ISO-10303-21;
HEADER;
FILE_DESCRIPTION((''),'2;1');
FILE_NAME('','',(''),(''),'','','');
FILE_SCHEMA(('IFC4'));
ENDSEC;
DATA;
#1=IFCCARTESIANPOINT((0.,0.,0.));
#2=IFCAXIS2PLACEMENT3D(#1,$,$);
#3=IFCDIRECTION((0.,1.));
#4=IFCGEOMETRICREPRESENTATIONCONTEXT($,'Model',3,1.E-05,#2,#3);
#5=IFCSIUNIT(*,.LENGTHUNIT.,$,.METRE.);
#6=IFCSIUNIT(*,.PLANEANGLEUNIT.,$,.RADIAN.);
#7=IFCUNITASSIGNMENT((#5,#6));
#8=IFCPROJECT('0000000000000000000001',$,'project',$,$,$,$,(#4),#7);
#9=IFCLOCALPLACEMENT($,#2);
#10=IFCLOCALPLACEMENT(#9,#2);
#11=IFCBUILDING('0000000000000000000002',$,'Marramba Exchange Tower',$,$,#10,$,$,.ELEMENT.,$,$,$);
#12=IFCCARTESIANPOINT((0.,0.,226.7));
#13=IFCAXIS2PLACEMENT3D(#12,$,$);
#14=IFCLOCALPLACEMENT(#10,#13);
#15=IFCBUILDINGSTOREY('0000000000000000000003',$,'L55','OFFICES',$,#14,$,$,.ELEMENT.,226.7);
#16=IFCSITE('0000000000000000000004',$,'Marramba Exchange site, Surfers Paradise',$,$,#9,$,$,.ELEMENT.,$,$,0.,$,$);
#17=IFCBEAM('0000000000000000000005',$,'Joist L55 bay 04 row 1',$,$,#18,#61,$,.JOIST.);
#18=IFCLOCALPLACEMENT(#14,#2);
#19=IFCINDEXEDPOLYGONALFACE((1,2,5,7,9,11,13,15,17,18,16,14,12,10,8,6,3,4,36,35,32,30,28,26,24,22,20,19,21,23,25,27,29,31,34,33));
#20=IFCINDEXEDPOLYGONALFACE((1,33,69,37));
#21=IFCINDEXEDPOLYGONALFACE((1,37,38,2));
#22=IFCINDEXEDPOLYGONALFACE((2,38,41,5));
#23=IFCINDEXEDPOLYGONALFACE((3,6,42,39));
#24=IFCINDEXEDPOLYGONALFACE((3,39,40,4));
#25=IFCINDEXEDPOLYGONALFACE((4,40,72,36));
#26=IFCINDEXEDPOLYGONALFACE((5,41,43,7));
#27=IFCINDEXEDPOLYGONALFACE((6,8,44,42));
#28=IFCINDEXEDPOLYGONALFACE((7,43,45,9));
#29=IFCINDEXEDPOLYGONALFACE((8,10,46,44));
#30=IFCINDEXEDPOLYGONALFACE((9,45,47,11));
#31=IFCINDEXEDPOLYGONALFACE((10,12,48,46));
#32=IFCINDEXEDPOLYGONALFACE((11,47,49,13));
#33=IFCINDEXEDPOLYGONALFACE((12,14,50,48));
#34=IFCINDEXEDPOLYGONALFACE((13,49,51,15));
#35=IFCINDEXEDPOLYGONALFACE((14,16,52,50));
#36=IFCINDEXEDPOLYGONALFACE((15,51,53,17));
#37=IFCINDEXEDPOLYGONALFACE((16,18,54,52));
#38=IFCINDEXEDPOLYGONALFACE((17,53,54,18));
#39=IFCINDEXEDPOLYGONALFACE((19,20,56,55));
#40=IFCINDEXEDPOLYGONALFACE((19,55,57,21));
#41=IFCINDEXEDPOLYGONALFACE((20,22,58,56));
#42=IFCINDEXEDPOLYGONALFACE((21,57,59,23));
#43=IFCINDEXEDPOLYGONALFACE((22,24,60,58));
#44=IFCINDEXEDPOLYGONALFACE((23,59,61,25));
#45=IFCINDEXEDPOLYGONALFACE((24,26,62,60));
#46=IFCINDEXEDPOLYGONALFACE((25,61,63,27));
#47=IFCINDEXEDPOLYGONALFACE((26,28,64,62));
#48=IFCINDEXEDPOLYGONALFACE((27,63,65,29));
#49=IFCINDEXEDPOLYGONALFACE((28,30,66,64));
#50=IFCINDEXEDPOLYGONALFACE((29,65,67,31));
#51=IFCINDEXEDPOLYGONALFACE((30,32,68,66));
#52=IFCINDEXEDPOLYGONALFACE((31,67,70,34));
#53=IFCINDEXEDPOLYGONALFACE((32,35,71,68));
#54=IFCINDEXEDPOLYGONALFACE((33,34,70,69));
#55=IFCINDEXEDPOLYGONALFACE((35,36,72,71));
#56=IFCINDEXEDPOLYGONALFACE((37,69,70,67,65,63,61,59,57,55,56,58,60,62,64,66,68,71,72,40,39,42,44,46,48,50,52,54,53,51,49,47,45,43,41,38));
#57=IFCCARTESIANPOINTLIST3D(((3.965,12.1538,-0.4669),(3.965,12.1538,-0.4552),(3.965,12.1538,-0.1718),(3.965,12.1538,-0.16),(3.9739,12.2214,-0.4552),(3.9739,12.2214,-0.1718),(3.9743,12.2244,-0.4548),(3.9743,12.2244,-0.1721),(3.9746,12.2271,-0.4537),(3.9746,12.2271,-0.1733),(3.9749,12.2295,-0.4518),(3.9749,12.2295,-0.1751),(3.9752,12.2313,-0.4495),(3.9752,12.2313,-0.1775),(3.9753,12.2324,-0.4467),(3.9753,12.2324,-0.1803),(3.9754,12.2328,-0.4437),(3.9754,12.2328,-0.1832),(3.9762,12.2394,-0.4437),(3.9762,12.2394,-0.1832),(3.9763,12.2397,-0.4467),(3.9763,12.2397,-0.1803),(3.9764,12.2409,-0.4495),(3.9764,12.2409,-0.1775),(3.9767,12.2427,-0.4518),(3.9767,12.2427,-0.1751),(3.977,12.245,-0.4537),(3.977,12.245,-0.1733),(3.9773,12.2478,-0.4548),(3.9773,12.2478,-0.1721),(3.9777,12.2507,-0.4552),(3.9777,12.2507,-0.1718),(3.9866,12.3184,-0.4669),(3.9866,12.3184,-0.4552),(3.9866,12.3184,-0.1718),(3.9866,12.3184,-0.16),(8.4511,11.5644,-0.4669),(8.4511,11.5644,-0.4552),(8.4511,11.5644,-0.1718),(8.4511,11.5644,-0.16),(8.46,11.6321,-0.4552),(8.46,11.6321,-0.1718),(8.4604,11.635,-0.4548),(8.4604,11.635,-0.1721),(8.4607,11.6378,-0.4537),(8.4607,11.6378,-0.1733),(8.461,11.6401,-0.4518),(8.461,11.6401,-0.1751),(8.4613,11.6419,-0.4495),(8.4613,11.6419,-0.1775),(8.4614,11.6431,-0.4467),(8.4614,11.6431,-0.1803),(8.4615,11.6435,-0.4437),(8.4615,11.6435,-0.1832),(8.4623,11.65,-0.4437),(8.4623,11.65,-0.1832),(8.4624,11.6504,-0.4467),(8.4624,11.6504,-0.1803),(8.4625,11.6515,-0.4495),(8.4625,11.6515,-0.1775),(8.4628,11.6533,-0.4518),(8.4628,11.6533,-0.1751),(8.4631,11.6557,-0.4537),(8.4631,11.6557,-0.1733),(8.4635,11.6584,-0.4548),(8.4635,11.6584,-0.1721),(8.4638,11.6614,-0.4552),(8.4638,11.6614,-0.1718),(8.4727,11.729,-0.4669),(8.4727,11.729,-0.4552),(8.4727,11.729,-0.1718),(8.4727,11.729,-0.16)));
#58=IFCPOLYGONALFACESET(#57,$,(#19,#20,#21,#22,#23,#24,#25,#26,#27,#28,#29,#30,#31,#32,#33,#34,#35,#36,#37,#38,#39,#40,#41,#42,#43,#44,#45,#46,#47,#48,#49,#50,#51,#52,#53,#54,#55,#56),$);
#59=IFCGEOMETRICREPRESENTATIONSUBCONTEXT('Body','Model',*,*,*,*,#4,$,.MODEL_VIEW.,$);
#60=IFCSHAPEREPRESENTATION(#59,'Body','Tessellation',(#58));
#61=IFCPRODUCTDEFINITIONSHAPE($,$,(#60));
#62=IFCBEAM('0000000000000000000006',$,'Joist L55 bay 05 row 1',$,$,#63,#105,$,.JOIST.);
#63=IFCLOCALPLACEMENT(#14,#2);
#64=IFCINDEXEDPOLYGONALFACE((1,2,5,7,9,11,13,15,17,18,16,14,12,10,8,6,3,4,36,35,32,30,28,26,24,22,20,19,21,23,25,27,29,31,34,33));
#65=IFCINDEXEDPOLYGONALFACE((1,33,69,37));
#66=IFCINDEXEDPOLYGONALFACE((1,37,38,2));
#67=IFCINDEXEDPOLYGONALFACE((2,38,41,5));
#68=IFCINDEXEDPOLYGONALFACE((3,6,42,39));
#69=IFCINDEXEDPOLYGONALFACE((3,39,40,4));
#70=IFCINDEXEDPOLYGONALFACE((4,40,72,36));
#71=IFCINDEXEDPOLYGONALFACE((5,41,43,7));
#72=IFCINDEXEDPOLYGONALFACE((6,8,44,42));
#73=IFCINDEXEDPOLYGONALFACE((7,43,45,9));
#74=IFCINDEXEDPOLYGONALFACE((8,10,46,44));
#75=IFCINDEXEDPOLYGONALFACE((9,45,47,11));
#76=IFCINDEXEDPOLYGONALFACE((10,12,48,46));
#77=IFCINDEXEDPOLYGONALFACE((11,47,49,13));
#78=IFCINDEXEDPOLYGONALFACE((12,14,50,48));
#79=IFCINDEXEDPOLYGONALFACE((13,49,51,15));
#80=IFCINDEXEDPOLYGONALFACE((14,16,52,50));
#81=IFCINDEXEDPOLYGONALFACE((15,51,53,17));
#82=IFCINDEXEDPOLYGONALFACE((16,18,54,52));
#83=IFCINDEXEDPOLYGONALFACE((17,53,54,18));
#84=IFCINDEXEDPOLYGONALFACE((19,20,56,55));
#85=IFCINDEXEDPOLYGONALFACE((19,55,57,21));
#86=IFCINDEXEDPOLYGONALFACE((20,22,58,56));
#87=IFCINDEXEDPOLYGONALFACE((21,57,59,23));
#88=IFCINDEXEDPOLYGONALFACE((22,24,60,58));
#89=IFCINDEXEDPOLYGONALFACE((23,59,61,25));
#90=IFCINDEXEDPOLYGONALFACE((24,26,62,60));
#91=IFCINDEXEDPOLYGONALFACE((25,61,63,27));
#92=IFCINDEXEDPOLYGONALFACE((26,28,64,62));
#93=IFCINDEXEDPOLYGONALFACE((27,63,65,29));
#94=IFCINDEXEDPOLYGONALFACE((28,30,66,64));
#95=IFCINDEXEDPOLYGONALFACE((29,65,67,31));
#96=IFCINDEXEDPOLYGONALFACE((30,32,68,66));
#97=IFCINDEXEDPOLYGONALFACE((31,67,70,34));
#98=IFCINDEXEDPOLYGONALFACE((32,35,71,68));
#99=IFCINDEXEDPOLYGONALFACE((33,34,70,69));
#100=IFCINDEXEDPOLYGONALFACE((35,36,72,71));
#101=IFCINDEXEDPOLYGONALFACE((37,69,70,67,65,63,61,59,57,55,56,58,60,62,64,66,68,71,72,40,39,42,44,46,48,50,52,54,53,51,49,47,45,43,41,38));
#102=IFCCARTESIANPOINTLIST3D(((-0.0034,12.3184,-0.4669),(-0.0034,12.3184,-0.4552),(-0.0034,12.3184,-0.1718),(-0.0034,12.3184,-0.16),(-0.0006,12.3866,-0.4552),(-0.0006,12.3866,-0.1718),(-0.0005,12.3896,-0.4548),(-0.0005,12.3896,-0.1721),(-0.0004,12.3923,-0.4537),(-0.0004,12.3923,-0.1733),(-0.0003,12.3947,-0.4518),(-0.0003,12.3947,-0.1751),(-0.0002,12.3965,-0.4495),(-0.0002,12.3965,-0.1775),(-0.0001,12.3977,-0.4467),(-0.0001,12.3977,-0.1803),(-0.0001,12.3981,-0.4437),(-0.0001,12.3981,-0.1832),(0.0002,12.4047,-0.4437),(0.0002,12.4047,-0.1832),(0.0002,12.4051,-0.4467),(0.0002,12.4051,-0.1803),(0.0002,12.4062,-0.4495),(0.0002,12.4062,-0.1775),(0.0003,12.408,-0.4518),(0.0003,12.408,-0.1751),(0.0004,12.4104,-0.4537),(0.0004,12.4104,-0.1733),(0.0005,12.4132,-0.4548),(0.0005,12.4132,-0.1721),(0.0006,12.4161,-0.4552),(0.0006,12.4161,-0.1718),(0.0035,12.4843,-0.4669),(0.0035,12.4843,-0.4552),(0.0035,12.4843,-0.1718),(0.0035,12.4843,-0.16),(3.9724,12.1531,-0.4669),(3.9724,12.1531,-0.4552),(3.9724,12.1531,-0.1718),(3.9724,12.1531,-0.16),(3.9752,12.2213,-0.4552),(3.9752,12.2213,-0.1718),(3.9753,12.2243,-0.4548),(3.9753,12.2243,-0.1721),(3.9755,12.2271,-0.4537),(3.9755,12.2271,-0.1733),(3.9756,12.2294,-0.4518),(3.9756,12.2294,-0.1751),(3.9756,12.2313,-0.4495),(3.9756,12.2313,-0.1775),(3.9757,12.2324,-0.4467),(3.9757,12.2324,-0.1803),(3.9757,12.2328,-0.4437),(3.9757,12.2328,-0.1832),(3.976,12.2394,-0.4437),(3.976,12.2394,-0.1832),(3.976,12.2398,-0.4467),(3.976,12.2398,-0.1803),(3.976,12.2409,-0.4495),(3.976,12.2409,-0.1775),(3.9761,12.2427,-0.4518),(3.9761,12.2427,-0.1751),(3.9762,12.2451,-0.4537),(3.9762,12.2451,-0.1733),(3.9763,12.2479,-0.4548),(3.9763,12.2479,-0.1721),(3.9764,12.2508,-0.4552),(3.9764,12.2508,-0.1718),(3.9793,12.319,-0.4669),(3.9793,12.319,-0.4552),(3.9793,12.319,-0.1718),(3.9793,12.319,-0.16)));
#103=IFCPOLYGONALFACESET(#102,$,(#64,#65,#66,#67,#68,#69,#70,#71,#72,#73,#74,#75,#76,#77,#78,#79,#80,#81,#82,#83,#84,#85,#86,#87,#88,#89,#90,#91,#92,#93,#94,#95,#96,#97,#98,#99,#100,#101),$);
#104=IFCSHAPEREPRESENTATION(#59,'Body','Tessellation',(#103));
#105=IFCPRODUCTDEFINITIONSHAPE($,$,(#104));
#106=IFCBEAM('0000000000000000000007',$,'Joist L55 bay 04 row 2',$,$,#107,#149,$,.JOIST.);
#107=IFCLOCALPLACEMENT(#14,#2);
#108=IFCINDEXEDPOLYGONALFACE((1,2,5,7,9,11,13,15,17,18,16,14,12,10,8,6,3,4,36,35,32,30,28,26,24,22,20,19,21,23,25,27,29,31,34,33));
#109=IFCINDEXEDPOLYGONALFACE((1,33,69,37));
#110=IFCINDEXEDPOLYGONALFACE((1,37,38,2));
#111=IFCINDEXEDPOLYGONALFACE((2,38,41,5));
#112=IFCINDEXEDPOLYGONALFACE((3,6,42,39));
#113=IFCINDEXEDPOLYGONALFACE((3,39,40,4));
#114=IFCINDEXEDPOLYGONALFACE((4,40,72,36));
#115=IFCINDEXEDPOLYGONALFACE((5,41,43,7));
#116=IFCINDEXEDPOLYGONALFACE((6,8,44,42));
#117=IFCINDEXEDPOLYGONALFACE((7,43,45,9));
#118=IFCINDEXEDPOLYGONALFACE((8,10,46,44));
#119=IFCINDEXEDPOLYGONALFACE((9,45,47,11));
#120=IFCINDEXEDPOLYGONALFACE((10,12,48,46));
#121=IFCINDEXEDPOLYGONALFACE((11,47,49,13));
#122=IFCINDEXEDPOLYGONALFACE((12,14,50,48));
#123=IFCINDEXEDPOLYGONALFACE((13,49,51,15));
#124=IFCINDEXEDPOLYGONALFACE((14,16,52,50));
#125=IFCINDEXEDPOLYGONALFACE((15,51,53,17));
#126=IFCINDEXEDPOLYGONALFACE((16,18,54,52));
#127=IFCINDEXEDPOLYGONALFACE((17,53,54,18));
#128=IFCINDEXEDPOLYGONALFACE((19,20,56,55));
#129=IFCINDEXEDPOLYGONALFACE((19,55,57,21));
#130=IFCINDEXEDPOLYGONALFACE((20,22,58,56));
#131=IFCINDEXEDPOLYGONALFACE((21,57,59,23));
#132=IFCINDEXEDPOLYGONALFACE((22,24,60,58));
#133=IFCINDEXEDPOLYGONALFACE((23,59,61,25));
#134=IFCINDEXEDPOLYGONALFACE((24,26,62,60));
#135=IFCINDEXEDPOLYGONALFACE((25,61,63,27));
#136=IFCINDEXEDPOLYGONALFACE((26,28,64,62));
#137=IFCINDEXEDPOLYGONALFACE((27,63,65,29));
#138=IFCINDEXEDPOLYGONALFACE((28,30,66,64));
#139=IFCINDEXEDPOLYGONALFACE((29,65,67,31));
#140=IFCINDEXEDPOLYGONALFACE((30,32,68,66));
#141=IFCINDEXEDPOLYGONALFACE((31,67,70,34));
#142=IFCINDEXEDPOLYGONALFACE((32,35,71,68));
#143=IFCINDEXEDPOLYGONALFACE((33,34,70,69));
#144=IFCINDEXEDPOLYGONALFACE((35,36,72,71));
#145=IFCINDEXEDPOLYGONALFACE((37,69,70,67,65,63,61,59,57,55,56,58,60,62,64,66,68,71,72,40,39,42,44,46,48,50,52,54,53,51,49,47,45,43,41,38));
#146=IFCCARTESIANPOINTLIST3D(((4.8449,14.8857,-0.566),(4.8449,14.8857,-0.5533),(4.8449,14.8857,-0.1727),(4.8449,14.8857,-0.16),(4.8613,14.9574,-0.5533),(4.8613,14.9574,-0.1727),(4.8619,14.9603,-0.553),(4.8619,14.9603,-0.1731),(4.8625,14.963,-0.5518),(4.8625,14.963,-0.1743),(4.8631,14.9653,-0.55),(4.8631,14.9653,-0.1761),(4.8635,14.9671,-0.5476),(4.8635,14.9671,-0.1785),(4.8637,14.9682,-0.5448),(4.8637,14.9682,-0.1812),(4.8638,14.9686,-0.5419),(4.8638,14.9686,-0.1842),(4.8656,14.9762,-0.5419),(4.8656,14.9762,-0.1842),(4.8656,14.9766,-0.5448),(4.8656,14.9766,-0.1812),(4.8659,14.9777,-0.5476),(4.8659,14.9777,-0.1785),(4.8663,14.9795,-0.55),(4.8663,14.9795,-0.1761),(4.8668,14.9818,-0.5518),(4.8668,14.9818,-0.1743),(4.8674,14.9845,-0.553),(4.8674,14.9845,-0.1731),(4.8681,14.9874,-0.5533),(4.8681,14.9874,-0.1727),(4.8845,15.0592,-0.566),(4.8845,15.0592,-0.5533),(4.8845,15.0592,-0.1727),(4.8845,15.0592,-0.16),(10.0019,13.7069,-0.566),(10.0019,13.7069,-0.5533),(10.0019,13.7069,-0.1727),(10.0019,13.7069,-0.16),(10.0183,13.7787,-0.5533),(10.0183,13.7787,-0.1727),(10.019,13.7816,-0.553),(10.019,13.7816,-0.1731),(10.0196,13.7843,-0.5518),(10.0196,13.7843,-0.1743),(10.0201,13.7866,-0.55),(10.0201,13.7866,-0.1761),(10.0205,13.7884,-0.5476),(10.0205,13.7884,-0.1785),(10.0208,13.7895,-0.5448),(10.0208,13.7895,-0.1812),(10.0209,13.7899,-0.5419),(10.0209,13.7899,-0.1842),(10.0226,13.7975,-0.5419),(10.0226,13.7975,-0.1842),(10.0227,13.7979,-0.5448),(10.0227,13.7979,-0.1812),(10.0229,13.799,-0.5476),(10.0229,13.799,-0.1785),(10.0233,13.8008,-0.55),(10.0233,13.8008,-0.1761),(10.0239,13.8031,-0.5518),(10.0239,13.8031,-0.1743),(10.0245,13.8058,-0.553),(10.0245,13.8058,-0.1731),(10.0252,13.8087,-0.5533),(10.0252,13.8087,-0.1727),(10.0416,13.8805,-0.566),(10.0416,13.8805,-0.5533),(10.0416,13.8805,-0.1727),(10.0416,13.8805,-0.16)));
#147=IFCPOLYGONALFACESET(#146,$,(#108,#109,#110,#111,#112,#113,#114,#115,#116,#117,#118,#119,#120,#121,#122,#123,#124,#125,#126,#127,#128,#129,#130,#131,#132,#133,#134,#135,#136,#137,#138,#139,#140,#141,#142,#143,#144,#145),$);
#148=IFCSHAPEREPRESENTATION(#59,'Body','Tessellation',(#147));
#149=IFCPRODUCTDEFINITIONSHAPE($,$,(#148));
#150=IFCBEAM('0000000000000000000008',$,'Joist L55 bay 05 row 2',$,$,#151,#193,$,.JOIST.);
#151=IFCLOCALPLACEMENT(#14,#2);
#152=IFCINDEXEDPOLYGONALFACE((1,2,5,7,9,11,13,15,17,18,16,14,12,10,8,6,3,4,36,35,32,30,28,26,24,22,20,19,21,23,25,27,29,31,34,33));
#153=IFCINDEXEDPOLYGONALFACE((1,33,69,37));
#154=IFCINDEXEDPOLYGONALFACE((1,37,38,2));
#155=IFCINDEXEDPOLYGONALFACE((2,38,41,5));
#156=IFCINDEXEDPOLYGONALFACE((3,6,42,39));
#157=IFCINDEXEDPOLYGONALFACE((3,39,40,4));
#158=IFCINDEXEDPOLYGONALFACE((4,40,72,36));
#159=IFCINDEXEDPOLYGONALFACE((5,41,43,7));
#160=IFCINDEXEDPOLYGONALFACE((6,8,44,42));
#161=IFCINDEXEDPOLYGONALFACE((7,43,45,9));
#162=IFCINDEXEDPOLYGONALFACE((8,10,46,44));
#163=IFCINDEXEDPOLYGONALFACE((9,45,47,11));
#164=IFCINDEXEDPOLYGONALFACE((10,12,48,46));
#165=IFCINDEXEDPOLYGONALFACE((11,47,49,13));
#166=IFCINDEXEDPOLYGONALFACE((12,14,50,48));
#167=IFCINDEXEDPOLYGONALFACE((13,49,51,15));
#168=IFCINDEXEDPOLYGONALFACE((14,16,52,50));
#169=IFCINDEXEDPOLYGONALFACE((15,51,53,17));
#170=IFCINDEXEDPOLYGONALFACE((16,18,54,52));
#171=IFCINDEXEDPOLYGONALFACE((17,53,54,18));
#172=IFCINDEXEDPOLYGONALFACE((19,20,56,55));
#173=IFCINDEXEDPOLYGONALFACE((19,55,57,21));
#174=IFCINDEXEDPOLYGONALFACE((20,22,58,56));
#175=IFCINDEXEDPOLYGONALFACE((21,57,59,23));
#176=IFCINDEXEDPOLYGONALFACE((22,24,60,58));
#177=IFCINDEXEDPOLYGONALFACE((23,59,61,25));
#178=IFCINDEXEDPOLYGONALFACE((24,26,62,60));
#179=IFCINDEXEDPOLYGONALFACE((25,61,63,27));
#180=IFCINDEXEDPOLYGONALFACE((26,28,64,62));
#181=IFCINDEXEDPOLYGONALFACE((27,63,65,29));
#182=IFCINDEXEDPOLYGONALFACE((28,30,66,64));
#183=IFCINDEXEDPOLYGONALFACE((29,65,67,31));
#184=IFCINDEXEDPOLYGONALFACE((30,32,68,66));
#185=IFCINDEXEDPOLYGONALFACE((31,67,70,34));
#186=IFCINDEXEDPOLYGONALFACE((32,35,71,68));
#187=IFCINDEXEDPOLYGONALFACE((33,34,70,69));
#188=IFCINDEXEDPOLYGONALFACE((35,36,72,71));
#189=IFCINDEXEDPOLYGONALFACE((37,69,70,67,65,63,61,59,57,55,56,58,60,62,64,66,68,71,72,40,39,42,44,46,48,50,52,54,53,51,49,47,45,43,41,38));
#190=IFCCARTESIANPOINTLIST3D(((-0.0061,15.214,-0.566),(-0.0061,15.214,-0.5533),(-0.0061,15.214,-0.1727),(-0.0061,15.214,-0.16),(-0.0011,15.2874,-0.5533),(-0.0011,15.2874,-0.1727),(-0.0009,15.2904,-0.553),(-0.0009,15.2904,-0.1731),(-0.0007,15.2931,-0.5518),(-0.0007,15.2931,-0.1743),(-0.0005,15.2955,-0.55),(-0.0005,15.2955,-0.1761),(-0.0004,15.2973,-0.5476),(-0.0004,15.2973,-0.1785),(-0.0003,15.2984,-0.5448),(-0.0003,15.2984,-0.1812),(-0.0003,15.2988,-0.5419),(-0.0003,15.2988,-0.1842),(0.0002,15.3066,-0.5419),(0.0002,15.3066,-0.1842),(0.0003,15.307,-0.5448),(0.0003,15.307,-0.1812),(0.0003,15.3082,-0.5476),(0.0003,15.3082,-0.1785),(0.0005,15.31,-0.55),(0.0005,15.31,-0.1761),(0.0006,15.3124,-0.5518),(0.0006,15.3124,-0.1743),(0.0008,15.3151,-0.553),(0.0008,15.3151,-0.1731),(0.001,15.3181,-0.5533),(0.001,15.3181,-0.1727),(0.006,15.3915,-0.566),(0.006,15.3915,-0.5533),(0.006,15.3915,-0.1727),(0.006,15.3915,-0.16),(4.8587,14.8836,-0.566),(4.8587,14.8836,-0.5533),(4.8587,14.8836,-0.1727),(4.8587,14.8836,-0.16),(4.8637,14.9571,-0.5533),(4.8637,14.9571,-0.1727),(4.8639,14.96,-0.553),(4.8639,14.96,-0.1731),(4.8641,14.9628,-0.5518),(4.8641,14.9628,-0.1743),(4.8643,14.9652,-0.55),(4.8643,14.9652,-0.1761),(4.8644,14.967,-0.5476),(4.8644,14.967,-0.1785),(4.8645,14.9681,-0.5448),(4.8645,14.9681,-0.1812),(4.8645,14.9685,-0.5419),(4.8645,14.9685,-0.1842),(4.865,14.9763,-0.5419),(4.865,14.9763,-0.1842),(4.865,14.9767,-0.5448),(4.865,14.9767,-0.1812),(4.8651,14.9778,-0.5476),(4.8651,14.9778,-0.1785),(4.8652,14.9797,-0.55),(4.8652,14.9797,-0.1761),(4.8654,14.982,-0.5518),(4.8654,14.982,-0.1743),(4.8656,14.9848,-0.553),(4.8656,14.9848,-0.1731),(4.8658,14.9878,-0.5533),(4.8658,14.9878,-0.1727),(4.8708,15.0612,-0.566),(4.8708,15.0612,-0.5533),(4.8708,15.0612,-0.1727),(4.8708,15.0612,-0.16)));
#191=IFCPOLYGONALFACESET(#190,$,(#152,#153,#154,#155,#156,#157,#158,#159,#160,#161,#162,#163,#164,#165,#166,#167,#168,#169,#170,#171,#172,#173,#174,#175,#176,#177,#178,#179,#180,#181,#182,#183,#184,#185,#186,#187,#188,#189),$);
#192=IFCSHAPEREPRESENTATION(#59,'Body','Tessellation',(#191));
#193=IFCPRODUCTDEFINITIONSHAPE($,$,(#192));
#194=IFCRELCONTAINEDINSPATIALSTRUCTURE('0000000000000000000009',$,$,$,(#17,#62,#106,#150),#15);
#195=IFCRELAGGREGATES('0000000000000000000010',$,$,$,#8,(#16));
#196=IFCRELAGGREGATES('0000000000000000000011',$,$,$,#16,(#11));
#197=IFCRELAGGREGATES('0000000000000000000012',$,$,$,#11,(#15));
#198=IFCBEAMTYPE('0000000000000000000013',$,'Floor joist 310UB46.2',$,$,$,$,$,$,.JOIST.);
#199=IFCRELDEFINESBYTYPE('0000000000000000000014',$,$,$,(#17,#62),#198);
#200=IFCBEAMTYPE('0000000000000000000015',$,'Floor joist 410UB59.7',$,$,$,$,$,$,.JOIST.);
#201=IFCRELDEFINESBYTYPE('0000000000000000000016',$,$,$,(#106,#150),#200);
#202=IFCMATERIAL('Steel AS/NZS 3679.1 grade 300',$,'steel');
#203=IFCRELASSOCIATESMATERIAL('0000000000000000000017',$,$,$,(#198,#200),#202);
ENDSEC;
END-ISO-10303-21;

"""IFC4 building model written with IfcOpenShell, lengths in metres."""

from ifc_helpers import new_model, si_unit, direction, frame, origin, origin_2d, place, context, subcontext, project, spatial, i_section, extrude, material, material_profile, profile_set, type_object, element, save


model = new_model("IFC4")

# Units and contexts
model_context = context("Model", 3, precision=1e-05, world=origin(), true_north=direction((0.0, 1.0)))
body_context = subcontext(model_context, "Body", "Model", "MODEL_VIEW")
ifc_project = project(units=[si_unit("LENGTHUNIT", "METRE"), si_unit("PLANEANGLEUNIT", "RADIAN")], contexts=[model_context])

# Site, building, storey
site_placement = place(None, origin())
site = spatial("IfcSite", under=ifc_project, at=site_placement, Name="Marramba Exchange site, Surfers Paradise", CompositionType="ELEMENT", RefElevation=0.0)
building_placement = place(site_placement, origin())
building = spatial("IfcBuilding", under=site, at=building_placement, Name="Marramba Exchange Tower", CompositionType="ELEMENT")
storey_placement = place(building_placement, frame((0.0, 0.0, 226.7)))
storey = spatial("IfcBuildingStorey", under=building, at=storey_placement, Name="L55", Description="OFFICES", CompositionType="ELEMENT", Elevation=226.7)

# Beams
ifc_material_1 = material(Name="Steel AS/NZS 3679.1 grade 300", Category="steel")
ifc_material_profile_1 = material_profile(ifc_material_1, i_section(OverallWidth=0.166, OverallDepth=0.3069, WebThickness=0.0066, FlangeThickness=0.0117, FilletRadius=0.0115, at=origin_2d()), Name="310UB46.2")
ifc_profile_set_1 = profile_set([ifc_material_profile_1], Name="Steel AS/NZS 3679.1 grade 300")
beam_type_1 = type_object("IfcBeamType", Name="Floor joist 310UB46.2", PredefinedType="JOIST", material=ifc_profile_set_1)
beam_1_placement = place(storey_placement, frame((8.4619, 11.6467, -0.3135), z_axis=(-0.991481, 0.130255, 0.0), x_axis=(-0.130255, -0.991481, 0.0)))
element("IfcBeam", 1, at=beam_1_placement, inside=storey, type_object=beam_type_1, Name="Joist L55 bay 04 row 1", PredefinedType="JOIST", context=body_context, shape_type="SweptSolid", body=[
    extrude(i_section(OverallWidth=0.166, OverallDepth=0.3069, WebThickness=0.0066, FlangeThickness=0.0117, FilletRadius=0.0115, at=origin_2d()), origin(), (0.0, 0.0, 1.0), 4.5247),
])
beam_2_placement = place(storey_placement, frame((3.9758, 12.2361, -0.3135), z_axis=(-0.999137, 0.041536, 0.0), x_axis=(-0.041536, -0.999137, 0.0)))
element("IfcBeam", 2, at=beam_2_placement, inside=storey, type_object=beam_type_1, Name="Joist L55 bay 05 row 1", PredefinedType="JOIST", context=body_context, shape_type="SweptSolid", body=[
    extrude(i_section(OverallWidth=0.166, OverallDepth=0.3069, WebThickness=0.0066, FlangeThickness=0.0117, FilletRadius=0.0115, at=origin_2d()), origin(), (0.0, 0.0, 1.0), 3.9792),
])
ifc_material_profile_2 = material_profile(ifc_material_1, i_section(OverallWidth=0.178, OverallDepth=0.406, WebThickness=0.0078, FlangeThickness=0.0127, FilletRadius=0.0115, at=origin_2d()), Name="410UB59.7")
ifc_profile_set_2 = profile_set([ifc_material_profile_2], Name="Steel AS/NZS 3679.1 grade 300")
beam_type_2 = type_object("IfcBeamType", Name="Floor joist 410UB59.7", PredefinedType="JOIST", material=ifc_profile_set_2)
beam_3_placement = place(storey_placement, frame((10.0217, 13.7937, -0.363), z_axis=(-0.97486, 0.22282, 0.0), x_axis=(-0.22282, -0.97486, 0.0)))
element("IfcBeam", 3, at=beam_3_placement, inside=storey, type_object=beam_type_2, Name="Joist L55 bay 04 row 2", PredefinedType="JOIST", context=body_context, shape_type="SweptSolid", body=[
    extrude(i_section(OverallWidth=0.178, OverallDepth=0.406, WebThickness=0.0078, FlangeThickness=0.0127, FilletRadius=0.0115, at=origin_2d()), origin(), (0.0, 0.0, 1.0), 5.29),
])
for number, where, z_axis, x_axis, name in (
    (4, (4.8647, 14.9724, -0.363), (-0.997703, 0.067745, 0.0), (-0.067745, -0.997703, 0.0), "Joist L55 bay 05 row 2"),
):
    element("IfcBeam", number, at=place(storey_placement, frame(where, z_axis=z_axis, x_axis=x_axis)), inside=storey, type_object=beam_type_2, Name=name, PredefinedType="JOIST", context=body_context, shape_type="SweptSolid", body=[
        extrude(i_section(OverallWidth=0.178, OverallDepth=0.406, WebThickness=0.0078, FlangeThickness=0.0127, FilletRadius=0.0115, at=origin_2d()), origin(), (0.0, 0.0, 1.0), 4.876),
    ])

save(model, "model.ifc")
